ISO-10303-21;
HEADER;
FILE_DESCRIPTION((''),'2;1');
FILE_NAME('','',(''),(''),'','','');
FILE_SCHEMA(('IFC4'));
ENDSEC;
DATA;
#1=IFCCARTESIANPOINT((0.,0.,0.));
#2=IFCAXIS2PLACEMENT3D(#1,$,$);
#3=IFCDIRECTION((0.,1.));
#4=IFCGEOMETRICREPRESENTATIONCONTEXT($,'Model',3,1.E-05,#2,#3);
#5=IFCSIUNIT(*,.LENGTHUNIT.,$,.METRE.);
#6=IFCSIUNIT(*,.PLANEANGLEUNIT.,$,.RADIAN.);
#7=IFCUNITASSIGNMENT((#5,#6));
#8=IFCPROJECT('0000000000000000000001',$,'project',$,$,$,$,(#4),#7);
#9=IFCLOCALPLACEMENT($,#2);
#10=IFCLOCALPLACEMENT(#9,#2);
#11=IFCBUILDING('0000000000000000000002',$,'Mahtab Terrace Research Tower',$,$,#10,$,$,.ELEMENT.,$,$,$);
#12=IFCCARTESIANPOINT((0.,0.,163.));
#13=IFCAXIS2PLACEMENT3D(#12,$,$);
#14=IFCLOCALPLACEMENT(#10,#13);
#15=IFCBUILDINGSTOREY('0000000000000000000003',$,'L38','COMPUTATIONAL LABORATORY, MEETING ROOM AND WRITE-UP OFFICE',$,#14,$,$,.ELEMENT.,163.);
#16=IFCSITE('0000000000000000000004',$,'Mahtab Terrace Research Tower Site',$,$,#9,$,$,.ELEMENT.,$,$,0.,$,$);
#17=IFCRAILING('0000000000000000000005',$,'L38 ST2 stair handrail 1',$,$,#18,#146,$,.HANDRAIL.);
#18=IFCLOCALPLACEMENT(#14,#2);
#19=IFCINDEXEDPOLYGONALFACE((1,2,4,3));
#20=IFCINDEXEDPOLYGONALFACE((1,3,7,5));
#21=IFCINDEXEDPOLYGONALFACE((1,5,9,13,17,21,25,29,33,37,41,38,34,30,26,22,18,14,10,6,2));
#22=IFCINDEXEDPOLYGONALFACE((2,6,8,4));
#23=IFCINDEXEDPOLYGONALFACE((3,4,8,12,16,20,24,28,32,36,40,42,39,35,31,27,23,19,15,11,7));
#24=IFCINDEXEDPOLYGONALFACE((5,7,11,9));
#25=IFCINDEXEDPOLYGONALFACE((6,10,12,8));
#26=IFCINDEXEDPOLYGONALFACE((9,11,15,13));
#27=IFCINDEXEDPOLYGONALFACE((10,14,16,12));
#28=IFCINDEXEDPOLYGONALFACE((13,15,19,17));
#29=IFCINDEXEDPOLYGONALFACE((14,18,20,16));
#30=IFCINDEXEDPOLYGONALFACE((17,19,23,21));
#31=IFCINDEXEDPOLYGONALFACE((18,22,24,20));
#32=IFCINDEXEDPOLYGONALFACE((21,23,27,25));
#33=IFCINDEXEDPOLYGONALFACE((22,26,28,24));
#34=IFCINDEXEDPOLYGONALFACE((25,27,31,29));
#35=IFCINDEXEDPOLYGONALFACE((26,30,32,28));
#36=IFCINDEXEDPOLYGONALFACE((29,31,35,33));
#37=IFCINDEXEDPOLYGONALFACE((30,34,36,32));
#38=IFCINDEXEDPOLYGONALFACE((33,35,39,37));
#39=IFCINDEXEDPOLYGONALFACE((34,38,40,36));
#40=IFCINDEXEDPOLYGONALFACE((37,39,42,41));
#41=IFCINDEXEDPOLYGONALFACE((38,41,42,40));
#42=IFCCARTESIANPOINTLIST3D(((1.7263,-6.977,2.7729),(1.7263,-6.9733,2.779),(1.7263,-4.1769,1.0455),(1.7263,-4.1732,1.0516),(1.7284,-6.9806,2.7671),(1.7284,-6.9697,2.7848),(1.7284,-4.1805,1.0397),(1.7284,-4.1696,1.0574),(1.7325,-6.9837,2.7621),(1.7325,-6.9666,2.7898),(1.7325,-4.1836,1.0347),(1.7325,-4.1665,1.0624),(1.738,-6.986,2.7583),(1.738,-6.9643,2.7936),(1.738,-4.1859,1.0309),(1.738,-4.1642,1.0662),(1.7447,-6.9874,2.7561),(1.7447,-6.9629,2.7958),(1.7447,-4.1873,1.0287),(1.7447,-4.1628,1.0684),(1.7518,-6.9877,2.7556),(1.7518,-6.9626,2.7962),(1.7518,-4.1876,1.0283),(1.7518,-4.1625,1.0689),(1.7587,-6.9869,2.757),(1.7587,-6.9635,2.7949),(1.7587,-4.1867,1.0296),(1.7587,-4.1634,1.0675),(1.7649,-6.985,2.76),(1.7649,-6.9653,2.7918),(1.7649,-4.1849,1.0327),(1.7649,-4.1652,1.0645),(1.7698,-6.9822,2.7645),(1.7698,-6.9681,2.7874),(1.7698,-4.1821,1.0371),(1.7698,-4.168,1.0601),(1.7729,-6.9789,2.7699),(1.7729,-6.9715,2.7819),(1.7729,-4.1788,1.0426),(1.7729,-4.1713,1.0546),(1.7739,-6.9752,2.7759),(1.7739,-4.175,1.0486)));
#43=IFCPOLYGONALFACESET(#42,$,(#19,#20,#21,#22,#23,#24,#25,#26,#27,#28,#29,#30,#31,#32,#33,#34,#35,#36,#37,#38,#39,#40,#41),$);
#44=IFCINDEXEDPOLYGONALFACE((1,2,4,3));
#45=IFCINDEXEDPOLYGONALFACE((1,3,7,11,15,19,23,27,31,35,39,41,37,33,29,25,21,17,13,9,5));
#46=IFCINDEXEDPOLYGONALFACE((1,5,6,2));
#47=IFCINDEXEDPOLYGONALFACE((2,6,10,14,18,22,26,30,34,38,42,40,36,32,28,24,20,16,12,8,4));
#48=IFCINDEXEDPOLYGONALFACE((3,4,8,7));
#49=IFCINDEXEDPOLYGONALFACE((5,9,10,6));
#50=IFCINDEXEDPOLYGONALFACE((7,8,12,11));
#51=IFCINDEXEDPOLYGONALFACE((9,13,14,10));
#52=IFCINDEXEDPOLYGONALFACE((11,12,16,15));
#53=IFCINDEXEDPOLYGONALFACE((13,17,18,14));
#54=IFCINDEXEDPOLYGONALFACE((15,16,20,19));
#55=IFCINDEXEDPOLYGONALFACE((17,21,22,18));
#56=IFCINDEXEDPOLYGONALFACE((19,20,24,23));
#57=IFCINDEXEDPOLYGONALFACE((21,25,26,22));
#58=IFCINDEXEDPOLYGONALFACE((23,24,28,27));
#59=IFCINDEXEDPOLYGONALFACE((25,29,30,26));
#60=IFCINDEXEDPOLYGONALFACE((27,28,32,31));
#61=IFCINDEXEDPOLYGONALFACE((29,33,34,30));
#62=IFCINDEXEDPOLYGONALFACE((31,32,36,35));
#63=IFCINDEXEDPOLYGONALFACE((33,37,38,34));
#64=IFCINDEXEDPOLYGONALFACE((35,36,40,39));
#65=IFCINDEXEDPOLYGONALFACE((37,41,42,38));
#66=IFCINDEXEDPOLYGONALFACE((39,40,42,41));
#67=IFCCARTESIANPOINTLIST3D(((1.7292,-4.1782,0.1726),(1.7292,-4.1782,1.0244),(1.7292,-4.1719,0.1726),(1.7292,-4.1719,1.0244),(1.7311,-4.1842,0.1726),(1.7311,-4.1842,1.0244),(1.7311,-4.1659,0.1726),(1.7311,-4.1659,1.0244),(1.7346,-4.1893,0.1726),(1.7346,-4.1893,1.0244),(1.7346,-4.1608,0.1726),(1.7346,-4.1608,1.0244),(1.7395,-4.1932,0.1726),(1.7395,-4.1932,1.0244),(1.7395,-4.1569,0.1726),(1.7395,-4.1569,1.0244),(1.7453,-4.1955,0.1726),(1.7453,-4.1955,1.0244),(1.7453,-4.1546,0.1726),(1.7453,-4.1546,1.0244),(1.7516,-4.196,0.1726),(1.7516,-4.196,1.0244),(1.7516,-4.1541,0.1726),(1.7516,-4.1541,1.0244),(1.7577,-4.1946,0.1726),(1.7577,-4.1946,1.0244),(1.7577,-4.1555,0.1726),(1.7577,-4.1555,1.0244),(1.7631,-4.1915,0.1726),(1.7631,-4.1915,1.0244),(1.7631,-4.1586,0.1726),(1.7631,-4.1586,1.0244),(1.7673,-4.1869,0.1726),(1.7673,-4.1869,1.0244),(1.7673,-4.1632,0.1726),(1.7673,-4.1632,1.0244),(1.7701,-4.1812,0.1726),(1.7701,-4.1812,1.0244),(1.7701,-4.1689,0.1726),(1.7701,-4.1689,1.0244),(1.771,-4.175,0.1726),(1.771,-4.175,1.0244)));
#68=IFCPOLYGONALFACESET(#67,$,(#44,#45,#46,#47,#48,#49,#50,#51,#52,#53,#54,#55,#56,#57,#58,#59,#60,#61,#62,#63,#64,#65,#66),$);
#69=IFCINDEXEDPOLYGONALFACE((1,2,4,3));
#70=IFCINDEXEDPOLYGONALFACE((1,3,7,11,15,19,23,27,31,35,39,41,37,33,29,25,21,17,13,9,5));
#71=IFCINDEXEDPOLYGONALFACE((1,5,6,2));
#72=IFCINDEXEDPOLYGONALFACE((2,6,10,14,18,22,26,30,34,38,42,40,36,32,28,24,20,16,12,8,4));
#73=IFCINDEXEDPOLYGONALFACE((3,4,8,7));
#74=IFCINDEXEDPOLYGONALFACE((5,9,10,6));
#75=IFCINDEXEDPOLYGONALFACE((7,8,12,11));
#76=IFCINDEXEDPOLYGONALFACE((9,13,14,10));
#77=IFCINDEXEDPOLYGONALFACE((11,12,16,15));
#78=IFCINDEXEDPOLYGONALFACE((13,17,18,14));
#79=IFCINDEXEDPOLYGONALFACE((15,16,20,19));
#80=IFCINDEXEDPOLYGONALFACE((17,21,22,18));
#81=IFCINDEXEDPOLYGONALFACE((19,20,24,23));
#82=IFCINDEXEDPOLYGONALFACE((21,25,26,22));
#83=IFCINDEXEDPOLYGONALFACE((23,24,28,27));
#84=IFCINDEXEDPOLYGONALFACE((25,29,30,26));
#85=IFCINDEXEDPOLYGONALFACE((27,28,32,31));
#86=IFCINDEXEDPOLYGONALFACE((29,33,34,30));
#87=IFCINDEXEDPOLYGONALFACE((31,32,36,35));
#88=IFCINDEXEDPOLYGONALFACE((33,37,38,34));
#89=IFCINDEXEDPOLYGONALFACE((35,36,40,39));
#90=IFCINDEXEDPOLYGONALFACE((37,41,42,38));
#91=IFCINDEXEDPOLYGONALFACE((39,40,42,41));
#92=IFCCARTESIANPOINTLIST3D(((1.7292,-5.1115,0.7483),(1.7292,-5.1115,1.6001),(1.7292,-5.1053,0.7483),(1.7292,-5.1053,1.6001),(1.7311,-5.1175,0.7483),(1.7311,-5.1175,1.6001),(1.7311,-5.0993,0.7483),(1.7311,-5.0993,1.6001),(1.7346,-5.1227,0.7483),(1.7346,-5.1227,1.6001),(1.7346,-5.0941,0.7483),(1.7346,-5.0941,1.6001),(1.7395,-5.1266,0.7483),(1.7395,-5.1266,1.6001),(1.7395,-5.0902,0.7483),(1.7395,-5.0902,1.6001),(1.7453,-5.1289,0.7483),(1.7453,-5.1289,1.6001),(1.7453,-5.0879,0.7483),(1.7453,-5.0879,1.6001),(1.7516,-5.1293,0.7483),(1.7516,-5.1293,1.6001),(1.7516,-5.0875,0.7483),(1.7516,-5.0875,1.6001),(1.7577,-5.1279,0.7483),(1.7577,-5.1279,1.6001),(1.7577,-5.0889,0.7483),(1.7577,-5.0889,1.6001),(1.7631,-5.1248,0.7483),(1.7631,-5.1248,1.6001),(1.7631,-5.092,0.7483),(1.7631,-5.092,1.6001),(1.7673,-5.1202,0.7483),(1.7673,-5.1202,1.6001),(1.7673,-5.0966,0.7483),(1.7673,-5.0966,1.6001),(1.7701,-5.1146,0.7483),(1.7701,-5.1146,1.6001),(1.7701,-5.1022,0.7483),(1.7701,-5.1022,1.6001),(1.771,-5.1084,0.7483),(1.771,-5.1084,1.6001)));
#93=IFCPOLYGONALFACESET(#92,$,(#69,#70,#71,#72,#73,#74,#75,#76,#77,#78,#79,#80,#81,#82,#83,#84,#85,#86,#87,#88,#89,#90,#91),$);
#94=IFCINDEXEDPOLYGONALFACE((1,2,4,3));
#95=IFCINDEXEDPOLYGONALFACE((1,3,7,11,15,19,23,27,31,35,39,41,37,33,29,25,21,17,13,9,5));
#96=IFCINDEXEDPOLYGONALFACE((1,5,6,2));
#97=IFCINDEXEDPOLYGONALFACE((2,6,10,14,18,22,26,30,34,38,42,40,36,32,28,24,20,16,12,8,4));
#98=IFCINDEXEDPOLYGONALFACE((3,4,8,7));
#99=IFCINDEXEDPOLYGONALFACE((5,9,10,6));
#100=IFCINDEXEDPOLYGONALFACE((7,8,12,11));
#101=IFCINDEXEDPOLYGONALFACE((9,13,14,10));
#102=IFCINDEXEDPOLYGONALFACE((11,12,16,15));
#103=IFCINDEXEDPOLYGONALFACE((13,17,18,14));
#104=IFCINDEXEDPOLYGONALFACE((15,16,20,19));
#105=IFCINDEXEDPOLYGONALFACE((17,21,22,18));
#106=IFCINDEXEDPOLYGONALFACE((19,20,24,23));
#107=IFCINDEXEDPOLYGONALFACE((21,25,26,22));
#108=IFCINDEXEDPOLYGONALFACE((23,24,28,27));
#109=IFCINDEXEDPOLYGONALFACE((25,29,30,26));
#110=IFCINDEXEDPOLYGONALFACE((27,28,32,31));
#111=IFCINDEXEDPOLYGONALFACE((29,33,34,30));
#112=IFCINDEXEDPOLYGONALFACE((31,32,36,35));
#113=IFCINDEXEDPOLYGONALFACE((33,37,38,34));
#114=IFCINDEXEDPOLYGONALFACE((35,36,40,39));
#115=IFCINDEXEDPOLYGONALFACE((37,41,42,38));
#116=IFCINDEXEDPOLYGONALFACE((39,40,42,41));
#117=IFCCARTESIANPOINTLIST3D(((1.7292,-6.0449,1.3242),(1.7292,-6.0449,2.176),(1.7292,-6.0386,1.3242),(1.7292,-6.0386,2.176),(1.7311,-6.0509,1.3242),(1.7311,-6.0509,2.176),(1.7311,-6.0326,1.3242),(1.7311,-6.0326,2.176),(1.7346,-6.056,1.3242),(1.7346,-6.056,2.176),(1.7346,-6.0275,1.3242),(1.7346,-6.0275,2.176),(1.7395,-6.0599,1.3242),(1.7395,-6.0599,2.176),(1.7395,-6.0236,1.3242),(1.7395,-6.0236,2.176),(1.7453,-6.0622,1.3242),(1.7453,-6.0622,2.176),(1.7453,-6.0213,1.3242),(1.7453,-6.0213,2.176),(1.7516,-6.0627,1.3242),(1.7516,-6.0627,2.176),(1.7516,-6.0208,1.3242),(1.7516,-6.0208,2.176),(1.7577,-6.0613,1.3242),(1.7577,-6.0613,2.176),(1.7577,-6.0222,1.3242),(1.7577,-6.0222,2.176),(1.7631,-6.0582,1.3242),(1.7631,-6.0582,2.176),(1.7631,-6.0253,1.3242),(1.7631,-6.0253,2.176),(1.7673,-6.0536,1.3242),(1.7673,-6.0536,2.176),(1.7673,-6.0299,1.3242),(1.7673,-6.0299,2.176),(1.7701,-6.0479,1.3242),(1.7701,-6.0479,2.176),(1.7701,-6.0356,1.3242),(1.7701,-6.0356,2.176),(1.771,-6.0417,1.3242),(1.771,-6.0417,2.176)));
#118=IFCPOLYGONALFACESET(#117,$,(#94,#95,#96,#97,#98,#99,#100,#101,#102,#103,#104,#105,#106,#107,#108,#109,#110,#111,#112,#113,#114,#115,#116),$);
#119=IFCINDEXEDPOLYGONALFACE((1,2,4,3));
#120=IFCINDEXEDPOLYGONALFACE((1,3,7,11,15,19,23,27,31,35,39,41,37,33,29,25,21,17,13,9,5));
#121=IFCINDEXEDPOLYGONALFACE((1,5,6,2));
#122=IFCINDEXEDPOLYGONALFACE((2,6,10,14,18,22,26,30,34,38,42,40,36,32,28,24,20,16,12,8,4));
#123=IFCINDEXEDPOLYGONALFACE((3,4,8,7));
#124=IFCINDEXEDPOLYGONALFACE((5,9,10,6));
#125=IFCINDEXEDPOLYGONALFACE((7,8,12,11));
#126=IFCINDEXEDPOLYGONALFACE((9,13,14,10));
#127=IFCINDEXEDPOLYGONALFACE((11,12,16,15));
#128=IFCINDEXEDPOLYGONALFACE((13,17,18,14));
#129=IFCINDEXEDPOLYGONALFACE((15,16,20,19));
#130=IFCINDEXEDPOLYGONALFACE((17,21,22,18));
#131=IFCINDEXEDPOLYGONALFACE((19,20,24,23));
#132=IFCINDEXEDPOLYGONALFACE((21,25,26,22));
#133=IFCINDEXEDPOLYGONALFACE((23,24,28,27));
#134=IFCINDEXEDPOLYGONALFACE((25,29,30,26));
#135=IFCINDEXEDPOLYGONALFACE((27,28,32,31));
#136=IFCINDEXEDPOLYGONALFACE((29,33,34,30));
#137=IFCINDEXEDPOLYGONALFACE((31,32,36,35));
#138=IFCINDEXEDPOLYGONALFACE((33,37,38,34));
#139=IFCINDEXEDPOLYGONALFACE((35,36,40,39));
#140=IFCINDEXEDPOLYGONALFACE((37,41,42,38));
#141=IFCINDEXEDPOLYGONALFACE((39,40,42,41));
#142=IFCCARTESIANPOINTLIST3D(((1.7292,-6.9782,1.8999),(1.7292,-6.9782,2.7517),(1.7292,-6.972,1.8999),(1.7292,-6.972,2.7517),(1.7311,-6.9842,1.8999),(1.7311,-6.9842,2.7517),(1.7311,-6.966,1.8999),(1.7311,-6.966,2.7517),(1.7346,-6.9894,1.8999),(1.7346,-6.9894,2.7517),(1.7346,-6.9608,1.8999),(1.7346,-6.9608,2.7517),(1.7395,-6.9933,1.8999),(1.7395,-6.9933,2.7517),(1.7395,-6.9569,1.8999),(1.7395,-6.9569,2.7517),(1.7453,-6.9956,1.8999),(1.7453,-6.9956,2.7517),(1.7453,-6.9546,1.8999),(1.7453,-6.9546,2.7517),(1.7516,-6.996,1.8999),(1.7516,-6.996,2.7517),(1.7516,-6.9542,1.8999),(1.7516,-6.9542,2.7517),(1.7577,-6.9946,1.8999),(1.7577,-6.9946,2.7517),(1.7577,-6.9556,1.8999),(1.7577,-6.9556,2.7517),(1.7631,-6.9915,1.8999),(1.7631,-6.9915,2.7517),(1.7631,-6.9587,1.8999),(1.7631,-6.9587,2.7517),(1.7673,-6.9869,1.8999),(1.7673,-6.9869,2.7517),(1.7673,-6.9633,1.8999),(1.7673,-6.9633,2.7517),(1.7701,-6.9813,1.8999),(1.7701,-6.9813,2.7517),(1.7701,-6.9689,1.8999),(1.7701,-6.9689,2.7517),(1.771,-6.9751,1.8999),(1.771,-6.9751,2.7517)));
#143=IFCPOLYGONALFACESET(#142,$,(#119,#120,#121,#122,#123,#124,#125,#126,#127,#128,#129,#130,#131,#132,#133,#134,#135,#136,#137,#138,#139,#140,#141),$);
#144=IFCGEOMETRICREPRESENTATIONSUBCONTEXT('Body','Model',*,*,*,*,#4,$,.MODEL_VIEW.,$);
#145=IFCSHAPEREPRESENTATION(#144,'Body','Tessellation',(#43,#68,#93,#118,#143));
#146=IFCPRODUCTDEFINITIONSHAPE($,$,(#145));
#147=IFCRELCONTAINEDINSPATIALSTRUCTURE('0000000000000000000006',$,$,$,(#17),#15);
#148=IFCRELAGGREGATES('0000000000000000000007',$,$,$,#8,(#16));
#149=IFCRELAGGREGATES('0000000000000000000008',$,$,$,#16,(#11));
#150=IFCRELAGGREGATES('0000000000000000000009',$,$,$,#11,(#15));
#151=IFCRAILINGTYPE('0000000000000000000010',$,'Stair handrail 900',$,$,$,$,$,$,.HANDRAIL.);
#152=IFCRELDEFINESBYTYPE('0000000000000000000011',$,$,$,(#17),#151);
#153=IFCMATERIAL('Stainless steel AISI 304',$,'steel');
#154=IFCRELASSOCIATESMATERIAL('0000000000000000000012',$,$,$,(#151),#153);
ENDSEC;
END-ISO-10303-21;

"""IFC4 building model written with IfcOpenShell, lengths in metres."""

from ifc_helpers import new_model, si_unit, direction, frame, origin, origin_2d, place, context, subcontext, project, spatial, circle, extrude, material, type_object, element, save


model = new_model("IFC4")

# Units and contexts
model_context = context("Model", 3, precision=1e-05, world=origin(), true_north=direction((0.0, 1.0)))
body_context = subcontext(model_context, "Body", "Model", "MODEL_VIEW")
ifc_project = project(units=[si_unit("LENGTHUNIT", "METRE"), si_unit("PLANEANGLEUNIT", "RADIAN")], contexts=[model_context])

# Site, building, storey
site_placement = place(None, origin())
site = spatial("IfcSite", under=ifc_project, at=site_placement, Name="Mahtab Terrace Research Tower Site", CompositionType="ELEMENT", RefElevation=0.0)
building_placement = place(site_placement, origin())
building = spatial("IfcBuilding", under=site, at=building_placement, Name="Mahtab Terrace Research Tower", CompositionType="ELEMENT")
storey_placement = place(building_placement, frame((0.0, 0.0, 163.0)))
storey = spatial("IfcBuildingStorey", under=building, at=storey_placement, Name="L38", Description="COMPUTATIONAL LABORATORY, MEETING ROOM AND WRITE-UP OFFICE", CompositionType="ELEMENT", Elevation=163.0)

# Railing
ifc_material_1 = material(Name="Stainless steel AISI 304", Category="steel")
railing_type_1 = type_object("IfcRailingType", Name="Stair handrail 900", PredefinedType="HANDRAIL", material=ifc_material_1)
railing_1_placement = place(storey_placement, frame((1.75, -4.175, 0.1726)))
element("IfcRailing", 1, at=railing_1_placement, inside=storey, type_object=railing_type_1, Name="L38 ST2 stair handrail 1", PredefinedType="HANDRAIL", context=body_context, shape_type="SweptSolid", body=[
    extrude(circle(Radius=0.0239, at=origin_2d()), frame((0.0, 0.0, 0.876), z_axis=(0.0, -0.85109, 0.52502), x_axis=(1.0, 0.0, 0.0)), (0.0, 0.0, 1.0), 3.29),
    extrude(circle(Radius=0.021, at=origin_2d()), origin(), (0.0, 0.0, 1.0), 0.8518),
    extrude(circle(Radius=0.021, at=origin_2d()), frame((0.0, -0.9333, 0.5757)), (0.0, 0.0, 1.0), 0.8518),
    extrude(circle(Radius=0.021, at=origin_2d()), frame((0.0, -1.8667, 1.1516)), (0.0, 0.0, 1.0), 0.8518),
    extrude(circle(Radius=0.021, at=origin_2d()), frame((0.0, -2.8, 1.7273)), (0.0, 0.0, 1.0), 0.8518),
])

save(model, "model.ifc")
